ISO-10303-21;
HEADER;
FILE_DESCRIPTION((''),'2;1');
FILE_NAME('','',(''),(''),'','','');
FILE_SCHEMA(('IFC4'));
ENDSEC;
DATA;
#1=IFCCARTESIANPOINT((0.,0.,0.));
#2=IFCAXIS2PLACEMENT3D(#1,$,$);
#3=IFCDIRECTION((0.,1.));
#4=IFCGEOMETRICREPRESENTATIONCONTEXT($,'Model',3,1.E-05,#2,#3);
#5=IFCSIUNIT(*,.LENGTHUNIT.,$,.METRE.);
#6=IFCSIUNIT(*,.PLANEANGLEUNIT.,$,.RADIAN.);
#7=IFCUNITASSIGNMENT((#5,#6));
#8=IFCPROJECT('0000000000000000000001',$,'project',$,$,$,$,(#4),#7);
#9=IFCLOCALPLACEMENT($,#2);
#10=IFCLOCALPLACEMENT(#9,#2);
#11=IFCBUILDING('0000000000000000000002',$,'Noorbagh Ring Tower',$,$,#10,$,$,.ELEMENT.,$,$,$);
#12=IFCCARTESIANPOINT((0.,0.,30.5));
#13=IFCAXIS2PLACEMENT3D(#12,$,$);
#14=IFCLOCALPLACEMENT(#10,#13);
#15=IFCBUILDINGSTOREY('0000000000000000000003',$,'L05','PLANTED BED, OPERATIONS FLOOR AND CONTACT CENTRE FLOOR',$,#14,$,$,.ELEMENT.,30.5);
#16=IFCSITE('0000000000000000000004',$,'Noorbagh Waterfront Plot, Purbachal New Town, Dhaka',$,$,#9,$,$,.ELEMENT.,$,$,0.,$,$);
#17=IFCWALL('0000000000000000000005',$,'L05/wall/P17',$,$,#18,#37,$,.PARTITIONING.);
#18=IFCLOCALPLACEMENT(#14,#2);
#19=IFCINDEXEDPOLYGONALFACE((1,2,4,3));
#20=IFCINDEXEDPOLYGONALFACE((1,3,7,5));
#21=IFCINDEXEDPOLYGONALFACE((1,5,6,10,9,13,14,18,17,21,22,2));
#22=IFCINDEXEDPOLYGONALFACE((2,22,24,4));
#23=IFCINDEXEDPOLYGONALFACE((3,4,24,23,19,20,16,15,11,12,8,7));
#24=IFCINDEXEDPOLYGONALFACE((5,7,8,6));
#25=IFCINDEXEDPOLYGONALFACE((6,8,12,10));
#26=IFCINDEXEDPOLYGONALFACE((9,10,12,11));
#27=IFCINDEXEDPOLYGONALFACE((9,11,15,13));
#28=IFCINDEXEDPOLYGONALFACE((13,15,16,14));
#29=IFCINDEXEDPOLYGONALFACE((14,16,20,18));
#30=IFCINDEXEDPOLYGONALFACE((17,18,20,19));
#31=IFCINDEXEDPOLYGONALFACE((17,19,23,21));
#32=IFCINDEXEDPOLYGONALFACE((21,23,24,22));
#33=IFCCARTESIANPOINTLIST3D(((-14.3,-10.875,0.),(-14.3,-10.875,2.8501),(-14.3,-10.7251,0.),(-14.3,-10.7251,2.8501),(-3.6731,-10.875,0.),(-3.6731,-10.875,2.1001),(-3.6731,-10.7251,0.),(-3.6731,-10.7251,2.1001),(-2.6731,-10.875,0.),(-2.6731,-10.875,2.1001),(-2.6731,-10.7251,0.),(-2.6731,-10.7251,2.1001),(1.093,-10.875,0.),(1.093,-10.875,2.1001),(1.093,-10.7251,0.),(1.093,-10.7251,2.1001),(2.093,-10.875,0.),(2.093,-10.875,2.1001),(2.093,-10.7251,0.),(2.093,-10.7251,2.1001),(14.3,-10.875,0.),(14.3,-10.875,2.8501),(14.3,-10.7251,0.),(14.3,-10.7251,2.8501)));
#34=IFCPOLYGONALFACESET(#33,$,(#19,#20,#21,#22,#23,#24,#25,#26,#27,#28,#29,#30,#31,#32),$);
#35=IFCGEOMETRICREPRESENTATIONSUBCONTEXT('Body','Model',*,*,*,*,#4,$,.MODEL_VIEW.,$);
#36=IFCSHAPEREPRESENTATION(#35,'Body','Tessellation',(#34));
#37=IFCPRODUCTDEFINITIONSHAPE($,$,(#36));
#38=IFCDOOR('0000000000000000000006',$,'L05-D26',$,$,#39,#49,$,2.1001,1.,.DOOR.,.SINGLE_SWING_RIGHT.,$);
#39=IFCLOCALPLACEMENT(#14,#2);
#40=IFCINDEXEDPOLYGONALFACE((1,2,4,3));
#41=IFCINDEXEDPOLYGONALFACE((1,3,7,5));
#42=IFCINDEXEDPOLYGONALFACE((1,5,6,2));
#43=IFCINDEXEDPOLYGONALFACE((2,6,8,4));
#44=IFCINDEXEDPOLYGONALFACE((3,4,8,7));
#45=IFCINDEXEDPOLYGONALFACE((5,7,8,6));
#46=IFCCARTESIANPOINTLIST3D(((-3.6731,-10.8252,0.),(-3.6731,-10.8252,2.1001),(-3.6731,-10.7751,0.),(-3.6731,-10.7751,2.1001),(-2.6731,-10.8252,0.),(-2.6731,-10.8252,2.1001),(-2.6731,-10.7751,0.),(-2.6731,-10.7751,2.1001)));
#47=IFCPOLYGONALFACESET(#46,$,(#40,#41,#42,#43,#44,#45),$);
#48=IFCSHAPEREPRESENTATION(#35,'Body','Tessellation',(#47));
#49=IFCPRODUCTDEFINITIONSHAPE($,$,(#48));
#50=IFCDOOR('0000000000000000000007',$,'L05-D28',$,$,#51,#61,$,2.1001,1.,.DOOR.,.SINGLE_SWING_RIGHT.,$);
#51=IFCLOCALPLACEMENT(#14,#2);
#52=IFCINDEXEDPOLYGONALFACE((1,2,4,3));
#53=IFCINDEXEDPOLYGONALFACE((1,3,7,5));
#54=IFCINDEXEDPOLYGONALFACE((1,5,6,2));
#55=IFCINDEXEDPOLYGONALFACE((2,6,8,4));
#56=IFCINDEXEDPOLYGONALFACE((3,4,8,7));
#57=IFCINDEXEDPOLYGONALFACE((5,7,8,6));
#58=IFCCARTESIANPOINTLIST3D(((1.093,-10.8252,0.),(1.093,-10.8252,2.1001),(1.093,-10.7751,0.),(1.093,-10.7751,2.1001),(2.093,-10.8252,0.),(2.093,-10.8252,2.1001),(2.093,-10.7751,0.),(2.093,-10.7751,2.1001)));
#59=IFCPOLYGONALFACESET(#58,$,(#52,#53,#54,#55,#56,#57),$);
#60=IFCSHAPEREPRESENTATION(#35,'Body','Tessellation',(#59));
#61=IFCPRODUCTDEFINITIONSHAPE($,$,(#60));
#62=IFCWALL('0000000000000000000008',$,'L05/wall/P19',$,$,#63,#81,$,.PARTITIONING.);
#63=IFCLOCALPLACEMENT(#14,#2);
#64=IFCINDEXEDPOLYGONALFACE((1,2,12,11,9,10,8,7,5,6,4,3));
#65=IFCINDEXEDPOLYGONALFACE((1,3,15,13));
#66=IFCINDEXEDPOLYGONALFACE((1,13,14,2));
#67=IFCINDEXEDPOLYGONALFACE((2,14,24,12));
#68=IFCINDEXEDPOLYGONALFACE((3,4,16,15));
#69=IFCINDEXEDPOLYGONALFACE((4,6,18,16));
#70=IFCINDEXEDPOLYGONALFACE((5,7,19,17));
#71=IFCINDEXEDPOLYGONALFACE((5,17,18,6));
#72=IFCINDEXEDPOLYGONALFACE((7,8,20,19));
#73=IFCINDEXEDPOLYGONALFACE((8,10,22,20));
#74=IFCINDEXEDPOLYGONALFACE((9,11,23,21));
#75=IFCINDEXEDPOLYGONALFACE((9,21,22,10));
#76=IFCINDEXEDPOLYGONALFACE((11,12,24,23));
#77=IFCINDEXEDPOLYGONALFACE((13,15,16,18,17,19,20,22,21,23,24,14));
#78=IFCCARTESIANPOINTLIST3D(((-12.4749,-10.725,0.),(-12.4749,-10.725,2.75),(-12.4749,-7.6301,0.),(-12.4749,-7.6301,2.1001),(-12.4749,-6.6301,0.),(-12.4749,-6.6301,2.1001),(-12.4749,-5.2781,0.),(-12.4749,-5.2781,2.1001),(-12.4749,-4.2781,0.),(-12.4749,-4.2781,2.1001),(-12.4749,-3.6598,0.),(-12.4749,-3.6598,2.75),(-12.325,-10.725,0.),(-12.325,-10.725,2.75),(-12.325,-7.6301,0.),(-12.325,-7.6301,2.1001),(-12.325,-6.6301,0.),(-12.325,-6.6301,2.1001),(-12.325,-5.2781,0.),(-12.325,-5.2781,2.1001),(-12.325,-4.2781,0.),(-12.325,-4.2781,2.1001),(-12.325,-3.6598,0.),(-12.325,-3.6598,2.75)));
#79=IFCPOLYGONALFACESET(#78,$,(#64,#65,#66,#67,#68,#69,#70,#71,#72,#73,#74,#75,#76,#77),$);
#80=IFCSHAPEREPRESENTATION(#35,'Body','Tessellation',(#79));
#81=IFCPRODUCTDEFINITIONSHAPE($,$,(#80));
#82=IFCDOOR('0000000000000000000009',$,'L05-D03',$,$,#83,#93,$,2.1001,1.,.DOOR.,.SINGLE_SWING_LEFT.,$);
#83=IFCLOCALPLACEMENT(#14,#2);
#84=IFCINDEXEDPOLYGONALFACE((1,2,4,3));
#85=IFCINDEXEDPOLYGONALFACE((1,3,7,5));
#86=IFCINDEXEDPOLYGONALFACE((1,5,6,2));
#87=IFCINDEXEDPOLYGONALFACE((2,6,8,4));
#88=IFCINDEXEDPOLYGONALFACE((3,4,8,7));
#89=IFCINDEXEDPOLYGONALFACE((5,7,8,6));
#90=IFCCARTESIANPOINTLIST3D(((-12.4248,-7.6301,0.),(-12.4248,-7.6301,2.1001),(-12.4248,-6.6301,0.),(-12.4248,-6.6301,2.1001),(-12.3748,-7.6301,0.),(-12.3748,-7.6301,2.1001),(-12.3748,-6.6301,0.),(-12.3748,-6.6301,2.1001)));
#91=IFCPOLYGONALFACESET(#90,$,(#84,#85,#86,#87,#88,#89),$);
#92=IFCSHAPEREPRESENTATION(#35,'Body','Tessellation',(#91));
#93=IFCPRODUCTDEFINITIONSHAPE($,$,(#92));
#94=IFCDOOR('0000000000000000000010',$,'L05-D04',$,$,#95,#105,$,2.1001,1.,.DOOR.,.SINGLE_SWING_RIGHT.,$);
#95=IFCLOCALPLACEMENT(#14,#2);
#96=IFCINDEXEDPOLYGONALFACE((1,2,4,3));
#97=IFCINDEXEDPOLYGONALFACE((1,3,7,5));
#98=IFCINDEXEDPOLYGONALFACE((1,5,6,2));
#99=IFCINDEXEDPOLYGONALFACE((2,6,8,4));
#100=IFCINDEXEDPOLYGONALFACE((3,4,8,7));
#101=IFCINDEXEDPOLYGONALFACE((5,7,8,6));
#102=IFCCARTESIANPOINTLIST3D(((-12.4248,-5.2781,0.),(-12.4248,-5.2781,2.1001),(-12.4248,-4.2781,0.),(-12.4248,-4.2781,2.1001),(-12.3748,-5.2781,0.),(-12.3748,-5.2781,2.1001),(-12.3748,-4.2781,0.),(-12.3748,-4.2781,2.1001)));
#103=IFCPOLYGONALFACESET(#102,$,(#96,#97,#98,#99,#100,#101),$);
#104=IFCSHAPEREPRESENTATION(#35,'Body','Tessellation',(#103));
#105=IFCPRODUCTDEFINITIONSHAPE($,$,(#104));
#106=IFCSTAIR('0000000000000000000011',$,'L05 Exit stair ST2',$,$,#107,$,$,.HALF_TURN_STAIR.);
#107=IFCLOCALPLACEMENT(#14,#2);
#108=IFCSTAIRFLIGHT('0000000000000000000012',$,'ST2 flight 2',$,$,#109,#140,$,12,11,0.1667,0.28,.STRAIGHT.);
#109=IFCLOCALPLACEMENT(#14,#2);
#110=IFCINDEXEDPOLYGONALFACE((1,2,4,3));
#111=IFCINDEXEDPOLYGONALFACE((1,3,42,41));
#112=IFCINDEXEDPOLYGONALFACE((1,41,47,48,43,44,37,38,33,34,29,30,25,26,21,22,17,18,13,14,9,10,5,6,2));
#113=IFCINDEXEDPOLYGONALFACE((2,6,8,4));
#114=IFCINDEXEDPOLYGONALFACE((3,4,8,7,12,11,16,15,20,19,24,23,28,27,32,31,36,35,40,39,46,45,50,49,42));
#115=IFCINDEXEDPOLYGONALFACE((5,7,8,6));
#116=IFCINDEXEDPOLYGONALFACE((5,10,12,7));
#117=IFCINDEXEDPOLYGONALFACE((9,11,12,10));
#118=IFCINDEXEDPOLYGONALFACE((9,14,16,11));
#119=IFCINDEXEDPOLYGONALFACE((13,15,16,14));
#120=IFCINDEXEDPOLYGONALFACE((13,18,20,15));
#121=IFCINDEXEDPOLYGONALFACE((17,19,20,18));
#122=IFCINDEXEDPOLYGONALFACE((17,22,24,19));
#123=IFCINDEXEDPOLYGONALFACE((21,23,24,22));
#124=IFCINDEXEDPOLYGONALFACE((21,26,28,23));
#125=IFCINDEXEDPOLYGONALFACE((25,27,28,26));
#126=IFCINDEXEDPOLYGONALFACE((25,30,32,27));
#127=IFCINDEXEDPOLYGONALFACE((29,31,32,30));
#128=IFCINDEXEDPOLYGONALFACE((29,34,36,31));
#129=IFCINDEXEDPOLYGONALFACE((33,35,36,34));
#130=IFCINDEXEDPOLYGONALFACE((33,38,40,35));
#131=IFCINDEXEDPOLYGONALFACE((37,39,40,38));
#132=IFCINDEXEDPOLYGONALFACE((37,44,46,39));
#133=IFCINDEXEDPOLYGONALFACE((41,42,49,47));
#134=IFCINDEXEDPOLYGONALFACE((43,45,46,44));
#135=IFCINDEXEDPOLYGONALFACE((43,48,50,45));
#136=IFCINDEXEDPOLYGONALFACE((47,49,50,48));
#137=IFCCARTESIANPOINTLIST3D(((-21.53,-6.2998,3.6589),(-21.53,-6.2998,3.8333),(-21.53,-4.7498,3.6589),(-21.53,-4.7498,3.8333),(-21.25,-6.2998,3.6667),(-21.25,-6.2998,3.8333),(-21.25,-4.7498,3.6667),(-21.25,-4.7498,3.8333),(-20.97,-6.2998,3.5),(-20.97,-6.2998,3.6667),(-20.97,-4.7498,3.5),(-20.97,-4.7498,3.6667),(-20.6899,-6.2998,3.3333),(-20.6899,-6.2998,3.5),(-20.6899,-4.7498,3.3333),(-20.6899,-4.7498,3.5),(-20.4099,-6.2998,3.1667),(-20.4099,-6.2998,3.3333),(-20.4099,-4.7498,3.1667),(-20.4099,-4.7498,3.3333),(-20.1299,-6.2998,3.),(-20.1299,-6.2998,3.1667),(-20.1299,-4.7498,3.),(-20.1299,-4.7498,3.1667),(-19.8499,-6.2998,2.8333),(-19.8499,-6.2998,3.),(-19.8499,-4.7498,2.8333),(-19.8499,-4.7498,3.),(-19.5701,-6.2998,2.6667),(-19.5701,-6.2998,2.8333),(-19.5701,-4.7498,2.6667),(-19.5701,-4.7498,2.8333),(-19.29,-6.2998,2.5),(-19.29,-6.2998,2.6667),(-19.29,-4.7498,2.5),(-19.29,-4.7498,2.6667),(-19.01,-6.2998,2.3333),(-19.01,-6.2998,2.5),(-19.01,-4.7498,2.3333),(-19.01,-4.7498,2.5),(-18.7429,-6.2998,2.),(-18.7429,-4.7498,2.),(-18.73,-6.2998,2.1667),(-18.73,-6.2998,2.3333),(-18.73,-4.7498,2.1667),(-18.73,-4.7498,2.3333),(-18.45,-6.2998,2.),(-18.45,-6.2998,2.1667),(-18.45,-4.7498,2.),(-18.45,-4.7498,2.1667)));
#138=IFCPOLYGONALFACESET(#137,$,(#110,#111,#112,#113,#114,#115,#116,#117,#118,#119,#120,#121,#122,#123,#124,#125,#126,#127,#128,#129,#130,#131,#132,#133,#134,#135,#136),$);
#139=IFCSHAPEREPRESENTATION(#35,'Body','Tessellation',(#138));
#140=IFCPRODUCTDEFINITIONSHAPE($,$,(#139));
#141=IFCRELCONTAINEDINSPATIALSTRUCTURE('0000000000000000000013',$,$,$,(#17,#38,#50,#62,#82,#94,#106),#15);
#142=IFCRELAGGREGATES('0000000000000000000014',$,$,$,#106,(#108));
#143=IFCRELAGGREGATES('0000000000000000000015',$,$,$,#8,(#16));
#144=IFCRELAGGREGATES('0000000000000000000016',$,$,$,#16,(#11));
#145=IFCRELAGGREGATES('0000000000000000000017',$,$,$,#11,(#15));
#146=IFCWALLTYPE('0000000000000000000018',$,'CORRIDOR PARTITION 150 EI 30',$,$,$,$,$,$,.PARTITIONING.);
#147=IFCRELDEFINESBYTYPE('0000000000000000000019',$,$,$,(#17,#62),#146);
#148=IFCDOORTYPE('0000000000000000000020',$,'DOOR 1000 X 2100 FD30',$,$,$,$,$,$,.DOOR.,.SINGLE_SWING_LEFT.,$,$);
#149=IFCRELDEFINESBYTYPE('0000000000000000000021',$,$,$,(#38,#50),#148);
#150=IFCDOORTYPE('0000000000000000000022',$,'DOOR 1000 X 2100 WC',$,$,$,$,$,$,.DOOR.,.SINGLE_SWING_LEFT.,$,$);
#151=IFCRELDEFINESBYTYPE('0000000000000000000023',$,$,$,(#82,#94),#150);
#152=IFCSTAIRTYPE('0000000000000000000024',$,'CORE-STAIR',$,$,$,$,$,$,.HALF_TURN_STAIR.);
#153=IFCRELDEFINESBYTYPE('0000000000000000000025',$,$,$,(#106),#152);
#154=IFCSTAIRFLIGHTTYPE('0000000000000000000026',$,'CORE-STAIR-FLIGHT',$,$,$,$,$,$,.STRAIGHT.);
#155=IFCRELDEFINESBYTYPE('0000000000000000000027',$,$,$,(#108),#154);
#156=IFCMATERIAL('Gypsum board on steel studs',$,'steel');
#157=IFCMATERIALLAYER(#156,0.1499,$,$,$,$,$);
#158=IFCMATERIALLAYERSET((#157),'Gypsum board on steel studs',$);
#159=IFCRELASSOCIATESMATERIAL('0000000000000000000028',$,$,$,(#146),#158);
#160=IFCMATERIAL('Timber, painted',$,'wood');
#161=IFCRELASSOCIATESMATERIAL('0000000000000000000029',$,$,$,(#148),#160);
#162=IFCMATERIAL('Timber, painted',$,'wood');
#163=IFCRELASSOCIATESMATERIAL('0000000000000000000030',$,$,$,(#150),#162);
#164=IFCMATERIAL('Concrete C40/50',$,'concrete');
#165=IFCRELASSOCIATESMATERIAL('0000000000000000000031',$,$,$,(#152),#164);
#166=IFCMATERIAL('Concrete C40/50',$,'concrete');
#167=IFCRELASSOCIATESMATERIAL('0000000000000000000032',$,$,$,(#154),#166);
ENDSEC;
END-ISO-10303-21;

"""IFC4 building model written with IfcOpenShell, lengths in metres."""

from ifc_helpers import new_model, si_unit, direction, frame, frame_2d, origin, place, context, subcontext, project, spatial, polyline, rectangle, outline, extrude, material, layer, layer_set, type_object, element, fill, aggregate, save


model = new_model("IFC4")

# Units and contexts
model_context = context("Model", 3, precision=1e-05, world=origin(), true_north=direction((0.0, 1.0)))
body_context = subcontext(model_context, "Body", "Model", "MODEL_VIEW")
ifc_project = project(units=[si_unit("LENGTHUNIT", "METRE"), si_unit("PLANEANGLEUNIT", "RADIAN")], contexts=[model_context])

# Site, building, storey
site_placement = place(None, origin())
site = spatial("IfcSite", under=ifc_project, at=site_placement, Name="Noorbagh Waterfront Plot, Purbachal New Town, Dhaka", CompositionType="ELEMENT", RefElevation=0.0)
building_placement = place(site_placement, origin())
building = spatial("IfcBuilding", under=site, at=building_placement, Name="Noorbagh Ring Tower", CompositionType="ELEMENT")
storey_placement = place(building_placement, frame((0.0, 0.0, 30.5)))
storey = spatial("IfcBuildingStorey", under=building, at=storey_placement, Name="L05", Description="PLANTED BED, OPERATIONS FLOOR AND CONTACT CENTRE FLOOR", CompositionType="ELEMENT", Elevation=30.5)

# Shared definitions
ifc_material_1 = material(Name="Gypsum board on steel studs", Category="steel")
ifc_layer_1 = layer(ifc_material_1, 0.1499)
ifc_layer_set_1 = layer_set([ifc_layer_1], Name="Gypsum board on steel studs")
wall_type_1 = type_object("IfcWallType", Name="CORRIDOR PARTITION 150 EI 30", PredefinedType="PARTITIONING", material=ifc_layer_set_1)

# Shared definitions
ifc_material_2 = material(Name="Timber, painted", Category="wood")
door_type_1 = type_object("IfcDoorType", Name="DOOR 1000 X 2100 FD30", OperationType="SINGLE_SWING_LEFT", PredefinedType="DOOR", material=ifc_material_2)

# Walls, openings, doors
wall_1_placement = place(storey_placement, frame((-14.3, -10.8, 0.0), z_axis=(0.0, 0.0, 1.0), x_axis=(1.0, 0.0, 0.0)))
wall_1 = element("IfcWall", 1, at=wall_1_placement, inside=storey, type_object=wall_type_1, Name="L05/wall/P17", PredefinedType="PARTITIONING", context=body_context, shape_type="SweptSolid", body=[
    extrude(rectangle(XDim=28.6001, YDim=0.1499, at=frame_2d((14.3, 0.0))), origin(), (0.0, 0.0, 1.0), 2.8501),
])
opening_1_placement = place(wall_1_placement, frame((10.627, 0.0, 0.0)))
opening_1 = element("IfcOpeningElement", 2, at=opening_1_placement, cuts=wall_1, PredefinedType="OPENING", context=body_context, shape_type="SweptSolid", body=[
    extrude(rectangle(XDim=1.0, YDim=2.1001, at=frame_2d((0.5, 1.05))), frame((0.0, 0.085, 0.0), z_axis=(0.0, -1.0, 0.0), x_axis=(1.0, 0.0, 0.0)), (0.0, 0.0, 1.0), 0.1699),
])
opening_2_placement = place(wall_1_placement, frame((15.3931, 0.0, 0.0)))
opening_2 = element("IfcOpeningElement", 3, at=opening_2_placement, cuts=wall_1, PredefinedType="OPENING", context=body_context, shape_type="SweptSolid", body=[
    extrude(rectangle(XDim=1.0, YDim=2.1001, at=frame_2d((0.5, 1.05))), frame((0.0, 0.085, 0.0), z_axis=(0.0, -1.0, 0.0), x_axis=(1.0, 0.0, 0.0)), (0.0, 0.0, 1.0), 0.1699),
])
door_1_placement = place(opening_1_placement, origin())
door_1 = element("IfcDoor", 4, at=door_1_placement, inside=storey, type_object=door_type_1, Name="L05-D26", OperationType="SINGLE_SWING_RIGHT", OverallHeight=2.1001, OverallWidth=1.0, PredefinedType="DOOR", context=body_context, shape_type="SweptSolid", body=[
    extrude(rectangle(XDim=1.0, YDim=2.1001, at=frame_2d((0.5, 1.05))), frame((0.0, 0.0249, 0.0), z_axis=(0.0, -1.0, 0.0), x_axis=(1.0, 0.0, 0.0)), (0.0, 0.0, 1.0), 0.05),
])
fill(opening_1, door_1)
door_2_placement = place(opening_2_placement, origin())
door_2 = element("IfcDoor", 5, at=door_2_placement, inside=storey, type_object=door_type_1, Name="L05-D28", OperationType="SINGLE_SWING_RIGHT", OverallHeight=2.1001, OverallWidth=1.0, PredefinedType="DOOR", context=body_context, shape_type="SweptSolid", body=[
    extrude(rectangle(XDim=1.0, YDim=2.1001, at=frame_2d((0.5, 1.05))), frame((0.0, 0.0249, 0.0), z_axis=(0.0, -1.0, 0.0), x_axis=(1.0, 0.0, 0.0)), (0.0, 0.0, 1.0), 0.05),
])
fill(opening_2, door_2)
wall_2_placement = place(storey_placement, frame((-12.3999, -10.7251, 0.0), z_axis=(0.0, 0.0, 1.0), x_axis=(0.0, 1.0, 0.0)))
wall_2 = element("IfcWall", 6, at=wall_2_placement, inside=storey, type_object=wall_type_1, Name="L05/wall/P19", PredefinedType="PARTITIONING", context=body_context, shape_type="SweptSolid", body=[
    extrude(rectangle(XDim=7.0652, YDim=0.1499, at=frame_2d((3.5327, 0.0))), origin(), (0.0, 0.0, 1.0), 2.75),
])
opening_3_placement = place(wall_2_placement, frame((3.095, 0.0, 0.0)))
opening_3 = element("IfcOpeningElement", 7, at=opening_3_placement, cuts=wall_2, PredefinedType="OPENING", context=body_context, shape_type="SweptSolid", body=[
    extrude(rectangle(XDim=1.0, YDim=2.1001, at=frame_2d((0.5, 1.05))), frame((0.0, 0.085, 0.0), z_axis=(0.0, -1.0, 0.0), x_axis=(1.0, 0.0, 0.0)), (0.0, 0.0, 1.0), 0.1699),
])
opening_4_placement = place(wall_2_placement, frame((5.447, 0.0, 0.0)))
opening_4 = element("IfcOpeningElement", 8, at=opening_4_placement, cuts=wall_2, PredefinedType="OPENING", context=body_context, shape_type="SweptSolid", body=[
    extrude(rectangle(XDim=1.0, YDim=2.1001, at=frame_2d((0.5, 1.05))), frame((0.0, 0.085, 0.0), z_axis=(0.0, -1.0, 0.0), x_axis=(1.0, 0.0, 0.0)), (0.0, 0.0, 1.0), 0.1699),
])
ifc_material_3 = material(Name="Timber, painted", Category="wood")
door_type_2 = type_object("IfcDoorType", Name="DOOR 1000 X 2100 WC", OperationType="SINGLE_SWING_LEFT", PredefinedType="DOOR", material=ifc_material_3)
door_3_placement = place(opening_3_placement, origin())
door_3 = element("IfcDoor", 9, at=door_3_placement, inside=storey, type_object=door_type_2, Name="L05-D03", OperationType="SINGLE_SWING_LEFT", OverallHeight=2.1001, OverallWidth=1.0, PredefinedType="DOOR", context=body_context, shape_type="SweptSolid", body=[
    extrude(rectangle(XDim=1.0, YDim=2.1001, at=frame_2d((0.5, 1.05))), frame((0.0, 0.0249, 0.0), z_axis=(0.0, -1.0, 0.0), x_axis=(1.0, 0.0, 0.0)), (0.0, 0.0, 1.0), 0.05),
])
fill(opening_3, door_3)
door_4_placement = place(opening_4_placement, origin())
door_4 = element("IfcDoor", 10, at=door_4_placement, inside=storey, type_object=door_type_2, Name="L05-D04", OperationType="SINGLE_SWING_RIGHT", OverallHeight=2.1001, OverallWidth=1.0, PredefinedType="DOOR", context=body_context, shape_type="SweptSolid", body=[
    extrude(rectangle(XDim=1.0, YDim=2.1001, at=frame_2d((0.5, 1.05))), frame((0.0, 0.0249, 0.0), z_axis=(0.0, -1.0, 0.0), x_axis=(1.0, 0.0, 0.0)), (0.0, 0.0, 1.0), 0.05),
])
fill(opening_4, door_4)

# Stair, stair flight
ifc_material_4 = material(Name="Concrete C40/50", Category="concrete")
stair_type = type_object("IfcStairType", Name="CORE-STAIR", PredefinedType="HALF_TURN_STAIR", material=ifc_material_4)
stair_placement = place(storey_placement, origin())
stair = element("IfcStair", 11, at=stair_placement, inside=storey, type_object=stair_type, Name="L05 Exit stair ST2", PredefinedType="HALF_TURN_STAIR")
ifc_material_5 = material(Name="Concrete C40/50", Category="concrete")
stair_flight_type = type_object("IfcStairFlightType", Name="CORE-STAIR-FLIGHT", PredefinedType="STRAIGHT", material=ifc_material_5)
stair_flight_placement = place(storey_placement, frame((-18.45, -5.5249, 2.0), z_axis=(0.0, 0.0, 1.0), x_axis=(-1.0, 0.0, 0.0)))
stair_flight = element("IfcStairFlight", 12, at=stair_flight_placement, type_object=stair_flight_type, Name="ST2 flight 2", NumberOfRisers=12, NumberOfTreads=11, PredefinedType="STRAIGHT", RiserHeight=0.1667, TreadLength=0.28, context=body_context, shape_type="SweptSolid", body=[
    extrude(outline(polyline([(0.0, 0.0), (0.0, 0.1667), (0.28, 0.1667), (0.28, 0.3333), (0.5601, 0.3333), (0.5601, 0.5), (0.8401, 0.5), (0.8401, 0.6667), (1.1201, 0.6667), (1.1201, 0.8333), (1.3999, 0.8333), (1.3999, 1.0), (1.6799, 1.0), (1.6799, 1.1667), (1.96, 1.1667), (1.96, 1.3333), (2.24, 1.3333), (2.24, 1.5), (2.52, 1.5), (2.52, 1.6667), (2.8, 1.6667), (2.8, 1.8333), (3.0801, 1.8333), (3.0801, 2.0), (3.0801, 1.6589), (0.293, 0.0), (0.0, 0.0)])), frame((0.0, 0.7749, 0.0), z_axis=(0.0, -1.0, 0.0), x_axis=(1.0, 0.0, 0.0)), (0.0, 0.0, 1.0), 1.55),
])
aggregate(stair, [stair_flight])

save(model, "model.ifc")
